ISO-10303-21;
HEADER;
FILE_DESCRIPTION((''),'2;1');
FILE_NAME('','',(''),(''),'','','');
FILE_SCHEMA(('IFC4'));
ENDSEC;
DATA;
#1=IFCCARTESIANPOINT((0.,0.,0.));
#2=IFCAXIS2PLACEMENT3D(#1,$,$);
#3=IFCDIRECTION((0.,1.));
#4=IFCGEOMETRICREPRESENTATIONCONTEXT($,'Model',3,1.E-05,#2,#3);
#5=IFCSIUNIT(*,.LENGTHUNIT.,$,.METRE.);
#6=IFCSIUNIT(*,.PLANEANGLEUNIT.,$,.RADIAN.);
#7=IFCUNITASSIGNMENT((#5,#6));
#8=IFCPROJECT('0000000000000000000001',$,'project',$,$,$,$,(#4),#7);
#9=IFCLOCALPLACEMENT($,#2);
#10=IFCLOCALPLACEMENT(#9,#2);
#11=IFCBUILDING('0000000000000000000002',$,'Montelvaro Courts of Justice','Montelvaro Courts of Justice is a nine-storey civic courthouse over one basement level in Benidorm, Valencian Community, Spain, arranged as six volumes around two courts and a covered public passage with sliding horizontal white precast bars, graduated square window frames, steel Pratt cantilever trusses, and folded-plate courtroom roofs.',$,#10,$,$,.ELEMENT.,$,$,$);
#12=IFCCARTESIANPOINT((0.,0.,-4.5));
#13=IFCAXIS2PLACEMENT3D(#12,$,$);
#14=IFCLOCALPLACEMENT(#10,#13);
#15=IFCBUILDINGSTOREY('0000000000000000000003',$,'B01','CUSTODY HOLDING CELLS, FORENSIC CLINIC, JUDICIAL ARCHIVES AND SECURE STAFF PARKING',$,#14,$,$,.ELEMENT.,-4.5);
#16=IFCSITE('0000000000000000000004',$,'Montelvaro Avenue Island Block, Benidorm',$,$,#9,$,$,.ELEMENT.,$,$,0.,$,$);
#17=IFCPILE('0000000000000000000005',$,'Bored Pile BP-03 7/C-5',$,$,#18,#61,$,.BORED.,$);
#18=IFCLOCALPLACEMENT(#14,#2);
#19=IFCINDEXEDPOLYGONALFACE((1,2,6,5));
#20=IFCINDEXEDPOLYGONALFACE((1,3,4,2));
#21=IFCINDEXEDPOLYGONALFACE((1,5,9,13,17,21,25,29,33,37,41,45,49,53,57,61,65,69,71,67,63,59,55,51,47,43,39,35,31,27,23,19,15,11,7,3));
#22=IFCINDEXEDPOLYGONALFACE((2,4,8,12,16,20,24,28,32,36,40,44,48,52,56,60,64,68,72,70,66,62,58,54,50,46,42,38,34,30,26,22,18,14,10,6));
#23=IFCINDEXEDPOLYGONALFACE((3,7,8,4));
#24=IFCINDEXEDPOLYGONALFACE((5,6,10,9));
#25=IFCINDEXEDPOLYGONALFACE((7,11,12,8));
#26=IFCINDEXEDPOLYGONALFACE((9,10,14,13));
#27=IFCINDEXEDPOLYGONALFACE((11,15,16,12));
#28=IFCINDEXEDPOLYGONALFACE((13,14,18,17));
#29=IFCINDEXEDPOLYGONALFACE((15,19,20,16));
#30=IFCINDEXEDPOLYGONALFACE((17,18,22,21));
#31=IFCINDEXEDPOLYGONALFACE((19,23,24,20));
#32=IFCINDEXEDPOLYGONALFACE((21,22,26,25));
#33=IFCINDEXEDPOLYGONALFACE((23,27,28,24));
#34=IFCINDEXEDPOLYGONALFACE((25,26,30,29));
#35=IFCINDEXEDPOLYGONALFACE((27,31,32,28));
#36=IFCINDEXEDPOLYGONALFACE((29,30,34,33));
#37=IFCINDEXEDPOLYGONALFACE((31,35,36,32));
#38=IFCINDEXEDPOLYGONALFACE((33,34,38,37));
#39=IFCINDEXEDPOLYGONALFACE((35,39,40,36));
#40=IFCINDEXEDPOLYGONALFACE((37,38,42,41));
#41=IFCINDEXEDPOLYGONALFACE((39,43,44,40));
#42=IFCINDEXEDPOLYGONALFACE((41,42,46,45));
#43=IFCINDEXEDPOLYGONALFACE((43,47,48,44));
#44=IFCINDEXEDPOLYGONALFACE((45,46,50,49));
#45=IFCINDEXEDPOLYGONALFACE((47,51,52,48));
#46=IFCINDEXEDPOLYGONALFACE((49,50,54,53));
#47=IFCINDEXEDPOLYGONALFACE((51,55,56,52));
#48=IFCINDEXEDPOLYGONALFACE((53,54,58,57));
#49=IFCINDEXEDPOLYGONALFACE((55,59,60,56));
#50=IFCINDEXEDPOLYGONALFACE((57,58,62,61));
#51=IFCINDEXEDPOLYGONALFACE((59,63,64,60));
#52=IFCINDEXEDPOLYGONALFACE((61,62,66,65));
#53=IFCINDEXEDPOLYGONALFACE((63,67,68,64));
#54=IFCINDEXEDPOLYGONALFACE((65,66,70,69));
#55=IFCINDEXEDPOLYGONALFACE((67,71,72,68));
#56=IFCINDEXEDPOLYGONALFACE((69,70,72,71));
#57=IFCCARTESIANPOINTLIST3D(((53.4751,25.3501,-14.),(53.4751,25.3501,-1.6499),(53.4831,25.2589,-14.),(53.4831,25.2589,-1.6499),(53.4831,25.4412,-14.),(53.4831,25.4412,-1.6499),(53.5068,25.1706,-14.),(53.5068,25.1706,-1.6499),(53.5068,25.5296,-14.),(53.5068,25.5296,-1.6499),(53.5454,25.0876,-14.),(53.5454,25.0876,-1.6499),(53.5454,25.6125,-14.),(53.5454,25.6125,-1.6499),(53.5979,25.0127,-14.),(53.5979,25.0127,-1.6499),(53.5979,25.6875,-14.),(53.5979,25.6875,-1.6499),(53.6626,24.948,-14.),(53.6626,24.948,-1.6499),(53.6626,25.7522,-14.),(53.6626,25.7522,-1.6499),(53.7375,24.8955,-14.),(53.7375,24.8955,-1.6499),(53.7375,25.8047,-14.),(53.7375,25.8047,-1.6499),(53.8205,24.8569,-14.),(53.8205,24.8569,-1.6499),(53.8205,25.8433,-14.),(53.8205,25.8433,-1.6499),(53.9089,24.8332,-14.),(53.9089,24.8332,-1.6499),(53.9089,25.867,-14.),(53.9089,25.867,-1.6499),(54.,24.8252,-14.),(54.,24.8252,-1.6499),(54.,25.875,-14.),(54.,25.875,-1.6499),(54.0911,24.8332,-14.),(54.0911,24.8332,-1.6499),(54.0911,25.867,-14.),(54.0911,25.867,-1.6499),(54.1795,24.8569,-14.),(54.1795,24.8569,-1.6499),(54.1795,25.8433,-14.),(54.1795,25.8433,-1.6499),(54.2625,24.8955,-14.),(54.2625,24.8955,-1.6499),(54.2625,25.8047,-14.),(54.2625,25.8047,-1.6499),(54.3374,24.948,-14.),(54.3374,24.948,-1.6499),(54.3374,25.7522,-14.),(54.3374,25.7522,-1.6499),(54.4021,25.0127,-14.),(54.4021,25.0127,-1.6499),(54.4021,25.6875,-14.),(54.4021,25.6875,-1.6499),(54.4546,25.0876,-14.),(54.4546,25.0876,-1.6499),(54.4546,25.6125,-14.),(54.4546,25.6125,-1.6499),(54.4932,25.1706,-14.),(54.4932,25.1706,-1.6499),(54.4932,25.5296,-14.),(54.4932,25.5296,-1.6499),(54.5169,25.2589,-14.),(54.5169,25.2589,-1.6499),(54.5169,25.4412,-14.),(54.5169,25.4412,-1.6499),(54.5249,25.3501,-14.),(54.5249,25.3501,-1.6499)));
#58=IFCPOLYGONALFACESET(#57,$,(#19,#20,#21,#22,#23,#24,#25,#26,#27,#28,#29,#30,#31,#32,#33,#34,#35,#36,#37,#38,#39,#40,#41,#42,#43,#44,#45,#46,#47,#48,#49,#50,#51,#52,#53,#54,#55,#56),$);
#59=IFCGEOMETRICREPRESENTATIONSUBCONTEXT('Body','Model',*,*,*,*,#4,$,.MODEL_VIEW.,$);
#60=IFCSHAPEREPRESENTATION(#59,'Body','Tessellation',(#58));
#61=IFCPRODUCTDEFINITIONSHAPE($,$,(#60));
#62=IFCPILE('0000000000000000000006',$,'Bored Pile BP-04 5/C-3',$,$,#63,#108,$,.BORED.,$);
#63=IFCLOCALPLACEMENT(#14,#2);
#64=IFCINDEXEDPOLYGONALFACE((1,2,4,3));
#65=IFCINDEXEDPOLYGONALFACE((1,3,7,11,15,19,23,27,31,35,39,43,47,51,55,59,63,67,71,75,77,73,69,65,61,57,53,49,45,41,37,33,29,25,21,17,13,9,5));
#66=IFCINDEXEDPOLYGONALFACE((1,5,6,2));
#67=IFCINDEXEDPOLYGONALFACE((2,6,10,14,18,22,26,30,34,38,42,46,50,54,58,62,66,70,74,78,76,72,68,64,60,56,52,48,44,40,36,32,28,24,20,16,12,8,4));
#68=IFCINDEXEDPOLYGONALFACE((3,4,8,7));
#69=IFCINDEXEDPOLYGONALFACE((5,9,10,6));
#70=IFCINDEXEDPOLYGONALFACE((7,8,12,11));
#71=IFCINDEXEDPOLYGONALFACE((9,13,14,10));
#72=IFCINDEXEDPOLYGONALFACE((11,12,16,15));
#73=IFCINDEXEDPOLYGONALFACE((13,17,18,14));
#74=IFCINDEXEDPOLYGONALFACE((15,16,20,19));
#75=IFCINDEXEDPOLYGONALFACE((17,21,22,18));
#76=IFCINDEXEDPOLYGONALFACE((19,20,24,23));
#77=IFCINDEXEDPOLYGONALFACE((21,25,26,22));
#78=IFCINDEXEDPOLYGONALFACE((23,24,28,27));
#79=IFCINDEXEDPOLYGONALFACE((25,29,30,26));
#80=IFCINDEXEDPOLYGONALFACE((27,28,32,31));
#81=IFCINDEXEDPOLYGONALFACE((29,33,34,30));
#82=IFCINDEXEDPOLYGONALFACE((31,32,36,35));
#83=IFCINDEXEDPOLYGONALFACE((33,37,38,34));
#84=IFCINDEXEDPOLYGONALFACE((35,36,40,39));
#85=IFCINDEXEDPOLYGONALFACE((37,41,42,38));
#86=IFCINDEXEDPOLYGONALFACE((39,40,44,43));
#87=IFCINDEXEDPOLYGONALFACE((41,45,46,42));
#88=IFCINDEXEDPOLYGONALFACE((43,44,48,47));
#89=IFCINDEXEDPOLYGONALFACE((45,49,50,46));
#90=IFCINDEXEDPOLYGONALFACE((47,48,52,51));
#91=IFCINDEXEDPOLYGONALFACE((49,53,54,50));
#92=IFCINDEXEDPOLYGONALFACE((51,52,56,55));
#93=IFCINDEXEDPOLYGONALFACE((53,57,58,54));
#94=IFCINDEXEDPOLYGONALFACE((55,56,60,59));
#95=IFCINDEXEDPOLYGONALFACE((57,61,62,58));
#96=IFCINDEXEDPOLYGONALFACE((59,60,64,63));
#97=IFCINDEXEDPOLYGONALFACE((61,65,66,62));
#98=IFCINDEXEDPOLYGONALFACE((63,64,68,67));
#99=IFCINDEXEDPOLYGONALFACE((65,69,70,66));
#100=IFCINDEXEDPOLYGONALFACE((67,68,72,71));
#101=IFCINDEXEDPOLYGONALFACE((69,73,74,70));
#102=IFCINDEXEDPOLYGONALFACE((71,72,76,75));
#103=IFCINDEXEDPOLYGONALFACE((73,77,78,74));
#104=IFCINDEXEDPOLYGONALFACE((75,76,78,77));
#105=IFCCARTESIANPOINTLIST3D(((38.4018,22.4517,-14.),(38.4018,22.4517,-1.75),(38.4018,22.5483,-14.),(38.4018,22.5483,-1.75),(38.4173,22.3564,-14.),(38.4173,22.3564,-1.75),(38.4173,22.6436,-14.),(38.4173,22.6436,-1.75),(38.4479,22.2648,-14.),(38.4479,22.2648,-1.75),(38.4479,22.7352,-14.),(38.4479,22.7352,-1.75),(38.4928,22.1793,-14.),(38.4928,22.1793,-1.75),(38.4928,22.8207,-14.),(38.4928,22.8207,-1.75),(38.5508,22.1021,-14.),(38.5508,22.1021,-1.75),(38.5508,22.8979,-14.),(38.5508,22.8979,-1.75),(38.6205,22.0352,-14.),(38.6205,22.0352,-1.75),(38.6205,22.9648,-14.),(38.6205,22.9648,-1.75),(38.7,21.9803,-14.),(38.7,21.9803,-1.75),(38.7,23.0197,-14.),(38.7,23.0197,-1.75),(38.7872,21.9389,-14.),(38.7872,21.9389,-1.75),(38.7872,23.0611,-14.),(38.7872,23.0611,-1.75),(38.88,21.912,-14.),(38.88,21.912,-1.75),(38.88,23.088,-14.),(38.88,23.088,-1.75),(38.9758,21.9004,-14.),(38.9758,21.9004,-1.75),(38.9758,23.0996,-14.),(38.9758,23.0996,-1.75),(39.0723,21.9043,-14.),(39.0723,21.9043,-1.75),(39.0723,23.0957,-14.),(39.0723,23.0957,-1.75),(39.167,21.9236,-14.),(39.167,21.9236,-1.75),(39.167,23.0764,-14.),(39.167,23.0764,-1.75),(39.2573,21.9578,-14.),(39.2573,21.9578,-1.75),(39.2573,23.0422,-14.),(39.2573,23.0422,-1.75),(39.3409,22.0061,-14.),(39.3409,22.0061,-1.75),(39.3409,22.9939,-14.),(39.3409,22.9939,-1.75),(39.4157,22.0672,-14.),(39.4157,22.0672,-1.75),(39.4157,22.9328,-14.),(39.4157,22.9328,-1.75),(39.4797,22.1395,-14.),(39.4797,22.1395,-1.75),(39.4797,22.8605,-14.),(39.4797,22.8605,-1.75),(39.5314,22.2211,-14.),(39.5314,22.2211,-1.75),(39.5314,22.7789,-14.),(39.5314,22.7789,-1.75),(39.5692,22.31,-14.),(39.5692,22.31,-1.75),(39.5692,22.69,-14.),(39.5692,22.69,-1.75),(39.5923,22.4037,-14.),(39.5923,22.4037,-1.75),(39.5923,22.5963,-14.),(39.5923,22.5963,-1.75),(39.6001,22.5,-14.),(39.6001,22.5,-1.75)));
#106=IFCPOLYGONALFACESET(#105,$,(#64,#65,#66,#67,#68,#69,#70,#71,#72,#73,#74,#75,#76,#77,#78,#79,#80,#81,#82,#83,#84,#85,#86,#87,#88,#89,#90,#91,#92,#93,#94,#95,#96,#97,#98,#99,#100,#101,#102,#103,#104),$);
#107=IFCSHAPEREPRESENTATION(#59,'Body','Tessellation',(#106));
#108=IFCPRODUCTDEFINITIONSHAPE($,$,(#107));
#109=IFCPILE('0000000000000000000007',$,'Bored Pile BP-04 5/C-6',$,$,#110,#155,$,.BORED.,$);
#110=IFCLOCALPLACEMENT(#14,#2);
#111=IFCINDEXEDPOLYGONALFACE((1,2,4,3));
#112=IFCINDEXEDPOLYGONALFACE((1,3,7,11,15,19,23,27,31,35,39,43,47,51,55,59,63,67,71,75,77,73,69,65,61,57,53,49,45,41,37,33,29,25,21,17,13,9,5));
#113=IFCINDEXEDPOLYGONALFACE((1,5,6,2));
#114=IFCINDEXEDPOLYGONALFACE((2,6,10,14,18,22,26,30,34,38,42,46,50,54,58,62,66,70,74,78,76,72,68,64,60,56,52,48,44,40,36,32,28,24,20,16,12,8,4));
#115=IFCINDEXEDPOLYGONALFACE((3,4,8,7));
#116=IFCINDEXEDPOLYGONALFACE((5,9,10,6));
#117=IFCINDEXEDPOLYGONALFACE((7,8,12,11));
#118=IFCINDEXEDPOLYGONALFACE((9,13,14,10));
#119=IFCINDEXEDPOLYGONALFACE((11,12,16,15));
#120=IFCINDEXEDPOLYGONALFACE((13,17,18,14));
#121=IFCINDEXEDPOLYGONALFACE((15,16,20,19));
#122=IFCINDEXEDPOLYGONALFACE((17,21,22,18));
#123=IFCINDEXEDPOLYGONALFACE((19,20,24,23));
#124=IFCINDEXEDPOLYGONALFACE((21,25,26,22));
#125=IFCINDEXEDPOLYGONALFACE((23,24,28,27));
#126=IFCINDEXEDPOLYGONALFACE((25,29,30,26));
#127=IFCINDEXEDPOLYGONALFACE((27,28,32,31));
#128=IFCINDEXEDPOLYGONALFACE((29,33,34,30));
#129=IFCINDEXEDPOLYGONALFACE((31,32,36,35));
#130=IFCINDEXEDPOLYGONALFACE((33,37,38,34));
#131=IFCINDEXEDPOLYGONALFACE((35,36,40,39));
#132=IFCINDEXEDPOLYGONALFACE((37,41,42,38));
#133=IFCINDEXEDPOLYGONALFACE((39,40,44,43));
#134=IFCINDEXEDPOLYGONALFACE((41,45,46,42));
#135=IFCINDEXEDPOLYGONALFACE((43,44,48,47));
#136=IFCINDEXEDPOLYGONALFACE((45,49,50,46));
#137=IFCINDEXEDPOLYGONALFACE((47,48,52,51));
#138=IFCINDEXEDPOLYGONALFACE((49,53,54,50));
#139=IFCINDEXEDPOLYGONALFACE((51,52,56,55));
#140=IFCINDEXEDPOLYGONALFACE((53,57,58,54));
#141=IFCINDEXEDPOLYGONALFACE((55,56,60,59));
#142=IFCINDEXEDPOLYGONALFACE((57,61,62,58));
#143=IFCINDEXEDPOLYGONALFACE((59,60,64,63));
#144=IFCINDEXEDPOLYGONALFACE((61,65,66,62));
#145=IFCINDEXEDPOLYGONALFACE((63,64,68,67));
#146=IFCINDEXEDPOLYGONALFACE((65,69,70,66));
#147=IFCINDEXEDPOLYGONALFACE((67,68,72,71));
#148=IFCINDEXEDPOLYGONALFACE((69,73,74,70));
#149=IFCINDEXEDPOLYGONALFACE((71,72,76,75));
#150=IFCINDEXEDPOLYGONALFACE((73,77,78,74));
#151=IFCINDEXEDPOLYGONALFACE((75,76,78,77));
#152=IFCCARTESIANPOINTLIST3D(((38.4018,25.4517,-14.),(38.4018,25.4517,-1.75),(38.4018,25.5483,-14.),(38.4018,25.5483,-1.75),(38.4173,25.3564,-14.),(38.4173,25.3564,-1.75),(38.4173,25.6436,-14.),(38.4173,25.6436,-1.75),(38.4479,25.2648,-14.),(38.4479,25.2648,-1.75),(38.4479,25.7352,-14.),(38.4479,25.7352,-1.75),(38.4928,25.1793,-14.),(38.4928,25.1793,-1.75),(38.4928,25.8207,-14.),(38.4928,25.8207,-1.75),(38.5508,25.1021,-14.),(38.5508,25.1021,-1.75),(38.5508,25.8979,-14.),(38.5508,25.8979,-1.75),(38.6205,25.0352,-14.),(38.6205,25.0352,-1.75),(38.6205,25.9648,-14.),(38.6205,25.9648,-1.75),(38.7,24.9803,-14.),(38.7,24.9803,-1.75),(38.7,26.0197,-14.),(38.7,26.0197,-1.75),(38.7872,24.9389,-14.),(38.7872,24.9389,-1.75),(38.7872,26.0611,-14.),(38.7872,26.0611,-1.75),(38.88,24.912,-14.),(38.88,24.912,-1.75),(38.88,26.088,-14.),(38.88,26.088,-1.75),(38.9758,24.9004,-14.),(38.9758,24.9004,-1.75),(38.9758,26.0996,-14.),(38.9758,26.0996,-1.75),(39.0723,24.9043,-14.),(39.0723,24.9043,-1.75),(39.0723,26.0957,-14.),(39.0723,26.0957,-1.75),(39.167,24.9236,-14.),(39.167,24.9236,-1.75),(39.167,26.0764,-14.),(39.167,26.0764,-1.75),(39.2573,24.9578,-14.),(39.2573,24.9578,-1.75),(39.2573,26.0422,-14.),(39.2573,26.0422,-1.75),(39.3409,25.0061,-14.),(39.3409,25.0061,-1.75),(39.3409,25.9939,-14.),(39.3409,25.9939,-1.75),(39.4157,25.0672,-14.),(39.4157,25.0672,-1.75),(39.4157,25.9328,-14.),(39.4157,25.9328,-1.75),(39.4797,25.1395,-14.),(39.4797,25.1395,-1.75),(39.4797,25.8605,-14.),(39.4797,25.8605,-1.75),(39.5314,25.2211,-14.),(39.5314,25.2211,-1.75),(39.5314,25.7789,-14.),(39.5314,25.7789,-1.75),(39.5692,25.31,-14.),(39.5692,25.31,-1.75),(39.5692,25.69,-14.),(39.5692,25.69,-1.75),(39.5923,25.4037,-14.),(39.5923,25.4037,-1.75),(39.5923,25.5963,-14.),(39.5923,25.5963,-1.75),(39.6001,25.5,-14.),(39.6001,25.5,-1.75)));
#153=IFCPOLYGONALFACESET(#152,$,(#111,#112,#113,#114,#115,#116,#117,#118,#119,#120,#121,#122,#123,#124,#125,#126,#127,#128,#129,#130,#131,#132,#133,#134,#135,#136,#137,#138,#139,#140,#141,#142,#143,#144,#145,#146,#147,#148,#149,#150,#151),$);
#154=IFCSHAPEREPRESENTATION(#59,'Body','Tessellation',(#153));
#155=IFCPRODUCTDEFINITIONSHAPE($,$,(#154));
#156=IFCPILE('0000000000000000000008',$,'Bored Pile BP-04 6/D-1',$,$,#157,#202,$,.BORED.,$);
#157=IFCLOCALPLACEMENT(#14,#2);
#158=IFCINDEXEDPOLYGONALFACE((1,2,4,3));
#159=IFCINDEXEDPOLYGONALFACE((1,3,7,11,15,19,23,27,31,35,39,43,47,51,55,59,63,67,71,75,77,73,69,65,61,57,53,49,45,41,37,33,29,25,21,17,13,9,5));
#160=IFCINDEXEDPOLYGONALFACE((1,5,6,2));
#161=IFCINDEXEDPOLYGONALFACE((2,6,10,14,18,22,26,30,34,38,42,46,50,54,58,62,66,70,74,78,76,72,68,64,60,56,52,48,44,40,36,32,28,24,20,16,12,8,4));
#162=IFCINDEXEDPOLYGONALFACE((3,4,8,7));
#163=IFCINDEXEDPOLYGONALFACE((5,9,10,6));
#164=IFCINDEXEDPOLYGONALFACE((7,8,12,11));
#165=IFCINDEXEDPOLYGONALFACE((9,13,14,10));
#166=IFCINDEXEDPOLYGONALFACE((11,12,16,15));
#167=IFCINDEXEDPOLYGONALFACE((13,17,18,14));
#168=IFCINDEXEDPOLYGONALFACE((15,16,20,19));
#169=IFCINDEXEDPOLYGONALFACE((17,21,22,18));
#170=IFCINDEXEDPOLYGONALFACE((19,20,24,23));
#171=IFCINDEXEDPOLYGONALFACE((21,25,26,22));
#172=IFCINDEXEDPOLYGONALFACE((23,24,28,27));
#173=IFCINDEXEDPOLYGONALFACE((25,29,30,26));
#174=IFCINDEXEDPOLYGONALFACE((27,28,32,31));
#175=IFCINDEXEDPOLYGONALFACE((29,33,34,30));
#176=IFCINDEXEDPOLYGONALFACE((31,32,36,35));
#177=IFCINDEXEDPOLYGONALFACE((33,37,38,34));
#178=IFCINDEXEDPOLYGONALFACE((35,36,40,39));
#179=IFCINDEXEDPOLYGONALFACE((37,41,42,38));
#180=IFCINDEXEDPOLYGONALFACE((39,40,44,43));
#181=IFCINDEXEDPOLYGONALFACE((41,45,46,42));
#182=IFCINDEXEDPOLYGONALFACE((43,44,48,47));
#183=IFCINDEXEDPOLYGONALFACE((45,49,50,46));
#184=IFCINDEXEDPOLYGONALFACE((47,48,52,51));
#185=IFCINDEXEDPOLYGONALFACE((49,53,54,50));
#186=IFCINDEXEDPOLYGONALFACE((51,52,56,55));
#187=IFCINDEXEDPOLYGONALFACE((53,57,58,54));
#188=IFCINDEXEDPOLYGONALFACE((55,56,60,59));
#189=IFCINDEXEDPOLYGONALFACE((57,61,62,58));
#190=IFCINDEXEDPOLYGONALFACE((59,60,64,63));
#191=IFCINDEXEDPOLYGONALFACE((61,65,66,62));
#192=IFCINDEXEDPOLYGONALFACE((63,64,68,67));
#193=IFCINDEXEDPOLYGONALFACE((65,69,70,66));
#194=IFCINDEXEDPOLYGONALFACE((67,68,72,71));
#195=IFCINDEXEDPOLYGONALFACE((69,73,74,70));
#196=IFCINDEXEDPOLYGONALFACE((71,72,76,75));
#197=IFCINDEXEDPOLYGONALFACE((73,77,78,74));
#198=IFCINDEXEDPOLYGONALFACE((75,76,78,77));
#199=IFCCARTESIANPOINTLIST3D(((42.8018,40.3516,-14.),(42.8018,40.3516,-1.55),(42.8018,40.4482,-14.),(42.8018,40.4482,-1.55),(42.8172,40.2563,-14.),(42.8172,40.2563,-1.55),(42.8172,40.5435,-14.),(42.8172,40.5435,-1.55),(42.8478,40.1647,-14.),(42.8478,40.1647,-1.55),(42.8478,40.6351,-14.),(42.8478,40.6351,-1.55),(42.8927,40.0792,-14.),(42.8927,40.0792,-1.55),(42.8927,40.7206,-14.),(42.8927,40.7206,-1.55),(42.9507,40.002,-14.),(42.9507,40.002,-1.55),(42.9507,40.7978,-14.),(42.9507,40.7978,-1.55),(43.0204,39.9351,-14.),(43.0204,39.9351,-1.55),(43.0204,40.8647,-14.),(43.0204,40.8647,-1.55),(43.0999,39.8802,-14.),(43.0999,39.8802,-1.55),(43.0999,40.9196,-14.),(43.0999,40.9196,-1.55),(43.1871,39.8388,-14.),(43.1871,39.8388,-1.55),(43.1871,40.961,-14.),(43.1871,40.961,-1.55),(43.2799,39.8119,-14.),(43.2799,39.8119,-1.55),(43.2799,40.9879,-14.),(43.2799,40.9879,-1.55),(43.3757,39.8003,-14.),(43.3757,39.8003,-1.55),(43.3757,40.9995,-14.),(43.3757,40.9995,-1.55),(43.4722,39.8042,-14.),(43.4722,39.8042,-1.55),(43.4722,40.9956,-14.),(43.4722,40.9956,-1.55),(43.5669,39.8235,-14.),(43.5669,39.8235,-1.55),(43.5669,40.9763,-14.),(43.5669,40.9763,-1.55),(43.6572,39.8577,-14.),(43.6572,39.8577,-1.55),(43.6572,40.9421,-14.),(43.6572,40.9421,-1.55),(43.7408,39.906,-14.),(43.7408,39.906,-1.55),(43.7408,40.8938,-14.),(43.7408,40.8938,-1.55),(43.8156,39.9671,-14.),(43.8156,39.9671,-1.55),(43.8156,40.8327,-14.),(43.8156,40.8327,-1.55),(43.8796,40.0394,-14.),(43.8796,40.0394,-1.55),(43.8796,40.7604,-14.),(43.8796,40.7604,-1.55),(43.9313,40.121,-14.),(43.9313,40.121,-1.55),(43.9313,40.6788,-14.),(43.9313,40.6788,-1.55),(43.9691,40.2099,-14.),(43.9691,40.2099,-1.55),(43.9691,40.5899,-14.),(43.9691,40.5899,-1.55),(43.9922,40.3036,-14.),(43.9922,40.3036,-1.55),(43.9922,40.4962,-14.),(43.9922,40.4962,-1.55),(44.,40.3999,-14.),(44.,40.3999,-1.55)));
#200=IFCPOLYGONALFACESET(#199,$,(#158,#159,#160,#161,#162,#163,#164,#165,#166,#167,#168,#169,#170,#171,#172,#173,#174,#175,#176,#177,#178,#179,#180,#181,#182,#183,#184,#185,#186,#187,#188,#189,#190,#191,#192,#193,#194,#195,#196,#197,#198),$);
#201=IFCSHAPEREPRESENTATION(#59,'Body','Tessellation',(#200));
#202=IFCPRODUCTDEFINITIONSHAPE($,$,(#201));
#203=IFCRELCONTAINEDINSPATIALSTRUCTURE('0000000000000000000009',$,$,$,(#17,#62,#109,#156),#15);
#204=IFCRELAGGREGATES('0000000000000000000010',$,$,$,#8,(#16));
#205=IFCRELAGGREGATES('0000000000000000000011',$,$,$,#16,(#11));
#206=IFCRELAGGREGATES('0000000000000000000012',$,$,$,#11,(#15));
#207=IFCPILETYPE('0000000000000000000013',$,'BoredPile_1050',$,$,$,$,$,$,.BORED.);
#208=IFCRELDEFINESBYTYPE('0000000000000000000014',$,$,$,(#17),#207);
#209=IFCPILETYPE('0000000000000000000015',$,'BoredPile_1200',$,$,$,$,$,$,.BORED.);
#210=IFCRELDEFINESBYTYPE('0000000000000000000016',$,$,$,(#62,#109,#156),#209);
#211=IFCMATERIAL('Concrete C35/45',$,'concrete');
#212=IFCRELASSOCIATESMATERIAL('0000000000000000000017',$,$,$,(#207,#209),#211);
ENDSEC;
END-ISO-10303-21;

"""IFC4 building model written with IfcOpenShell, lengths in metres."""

from ifc_helpers import new_model, si_unit, direction, frame, origin, origin_2d, place, context, subcontext, project, spatial, circle, extrude, material, material_profile, profile_set, type_object, element, save


model = new_model("IFC4")

# Units and contexts
model_context = context("Model", 3, precision=1e-05, world=origin(), true_north=direction((0.0, 1.0)))
body_context = subcontext(model_context, "Body", "Model", "MODEL_VIEW")
ifc_project = project(units=[si_unit("LENGTHUNIT", "METRE"), si_unit("PLANEANGLEUNIT", "RADIAN")], contexts=[model_context])

# Site, building, storey
site_placement = place(None, origin())
site = spatial("IfcSite", under=ifc_project, at=site_placement, Name="Montelvaro Avenue Island Block, Benidorm", CompositionType="ELEMENT", RefElevation=0.0)
building_placement = place(site_placement, origin())
building = spatial("IfcBuilding", under=site, at=building_placement, Name="Montelvaro Courts of Justice", Description="Montelvaro Courts of Justice is a nine-storey civic courthouse over one basement level in Benidorm, Valencian Community, Spain, arranged as six volumes around two courts and a covered public passage with sliding horizontal white precast bars, graduated square window frames, steel Pratt cantilever trusses, and folded-plate courtroom roofs.", CompositionType="ELEMENT")
storey_placement = place(building_placement, frame((0.0, 0.0, -4.5)))
storey = spatial("IfcBuildingStorey", under=building, at=storey_placement, Name="B01", Description="CUSTODY HOLDING CELLS, FORENSIC CLINIC, JUDICIAL ARCHIVES AND SECURE STAFF PARKING", CompositionType="ELEMENT", Elevation=-4.5)

# Piles
ifc_material_1 = material(Name="Concrete C35/45", Category="concrete")
ifc_material_profile_1 = material_profile(ifc_material_1, circle(Radius=0.5249, at=origin_2d()), Name="BORED PILE D1050")
ifc_profile_set_1 = profile_set([ifc_material_profile_1], Name="Concrete C35/45")
pile_type_1 = type_object("IfcPileType", Name="BoredPile_1050", PredefinedType="BORED", material=ifc_profile_set_1)
for number, where, z_axis, x_axis, name in (
    (1, (54.0, 25.3501, -1.6499), (0.0, 0.0, -1.0), (1.0, 0.0, 0.0), "Bored Pile BP-03 7/C-5"),
):
    element("IfcPile", number, at=place(storey_placement, frame(where, z_axis=z_axis, x_axis=x_axis)), inside=storey, type_object=pile_type_1, Name=name, PredefinedType="BORED", context=body_context, shape_type="SweptSolid", body=[
        extrude(circle(Radius=0.5249, at=origin_2d()), origin(), (0.0, 0.0, 1.0), 12.3501),
    ])
ifc_material_profile_2 = material_profile(ifc_material_1, circle(Radius=0.6001, at=origin_2d()), Name="BORED PILE D1200")
ifc_profile_set_2 = profile_set([ifc_material_profile_2], Name="Concrete C35/45")
pile_type_2 = type_object("IfcPileType", Name="BoredPile_1200", PredefinedType="BORED", material=ifc_profile_set_2)
for number, where, z_axis, x_axis, name in (
    (2, (39.0, 22.5, -1.75), (0.0, 0.0, -1.0), (1.0, 0.0, 0.0), "Bored Pile BP-04 5/C-3"),
    (3, (39.0, 25.5, -1.75), (0.0, 0.0, -1.0), (1.0, 0.0, 0.0), "Bored Pile BP-04 5/C-6"),
):
    element("IfcPile", number, at=place(storey_placement, frame(where, z_axis=z_axis, x_axis=x_axis)), inside=storey, type_object=pile_type_2, Name=name, PredefinedType="BORED", context=body_context, shape_type="SweptSolid", body=[
        extrude(circle(Radius=0.6001, at=origin_2d()), origin(), (0.0, 0.0, 1.0), 12.25),
    ])
for number, where, z_axis, x_axis, name in (
    (4, (43.3999, 40.3999, -1.55), (0.0, 0.0, -1.0), (1.0, 0.0, 0.0), "Bored Pile BP-04 6/D-1"),
):
    element("IfcPile", number, at=place(storey_placement, frame(where, z_axis=z_axis, x_axis=x_axis)), inside=storey, type_object=pile_type_2, Name=name, PredefinedType="BORED", context=body_context, shape_type="SweptSolid", body=[
        extrude(circle(Radius=0.6001, at=origin_2d()), origin(), (0.0, 0.0, 1.0), 12.45),
    ])

save(model, "model.ifc")
